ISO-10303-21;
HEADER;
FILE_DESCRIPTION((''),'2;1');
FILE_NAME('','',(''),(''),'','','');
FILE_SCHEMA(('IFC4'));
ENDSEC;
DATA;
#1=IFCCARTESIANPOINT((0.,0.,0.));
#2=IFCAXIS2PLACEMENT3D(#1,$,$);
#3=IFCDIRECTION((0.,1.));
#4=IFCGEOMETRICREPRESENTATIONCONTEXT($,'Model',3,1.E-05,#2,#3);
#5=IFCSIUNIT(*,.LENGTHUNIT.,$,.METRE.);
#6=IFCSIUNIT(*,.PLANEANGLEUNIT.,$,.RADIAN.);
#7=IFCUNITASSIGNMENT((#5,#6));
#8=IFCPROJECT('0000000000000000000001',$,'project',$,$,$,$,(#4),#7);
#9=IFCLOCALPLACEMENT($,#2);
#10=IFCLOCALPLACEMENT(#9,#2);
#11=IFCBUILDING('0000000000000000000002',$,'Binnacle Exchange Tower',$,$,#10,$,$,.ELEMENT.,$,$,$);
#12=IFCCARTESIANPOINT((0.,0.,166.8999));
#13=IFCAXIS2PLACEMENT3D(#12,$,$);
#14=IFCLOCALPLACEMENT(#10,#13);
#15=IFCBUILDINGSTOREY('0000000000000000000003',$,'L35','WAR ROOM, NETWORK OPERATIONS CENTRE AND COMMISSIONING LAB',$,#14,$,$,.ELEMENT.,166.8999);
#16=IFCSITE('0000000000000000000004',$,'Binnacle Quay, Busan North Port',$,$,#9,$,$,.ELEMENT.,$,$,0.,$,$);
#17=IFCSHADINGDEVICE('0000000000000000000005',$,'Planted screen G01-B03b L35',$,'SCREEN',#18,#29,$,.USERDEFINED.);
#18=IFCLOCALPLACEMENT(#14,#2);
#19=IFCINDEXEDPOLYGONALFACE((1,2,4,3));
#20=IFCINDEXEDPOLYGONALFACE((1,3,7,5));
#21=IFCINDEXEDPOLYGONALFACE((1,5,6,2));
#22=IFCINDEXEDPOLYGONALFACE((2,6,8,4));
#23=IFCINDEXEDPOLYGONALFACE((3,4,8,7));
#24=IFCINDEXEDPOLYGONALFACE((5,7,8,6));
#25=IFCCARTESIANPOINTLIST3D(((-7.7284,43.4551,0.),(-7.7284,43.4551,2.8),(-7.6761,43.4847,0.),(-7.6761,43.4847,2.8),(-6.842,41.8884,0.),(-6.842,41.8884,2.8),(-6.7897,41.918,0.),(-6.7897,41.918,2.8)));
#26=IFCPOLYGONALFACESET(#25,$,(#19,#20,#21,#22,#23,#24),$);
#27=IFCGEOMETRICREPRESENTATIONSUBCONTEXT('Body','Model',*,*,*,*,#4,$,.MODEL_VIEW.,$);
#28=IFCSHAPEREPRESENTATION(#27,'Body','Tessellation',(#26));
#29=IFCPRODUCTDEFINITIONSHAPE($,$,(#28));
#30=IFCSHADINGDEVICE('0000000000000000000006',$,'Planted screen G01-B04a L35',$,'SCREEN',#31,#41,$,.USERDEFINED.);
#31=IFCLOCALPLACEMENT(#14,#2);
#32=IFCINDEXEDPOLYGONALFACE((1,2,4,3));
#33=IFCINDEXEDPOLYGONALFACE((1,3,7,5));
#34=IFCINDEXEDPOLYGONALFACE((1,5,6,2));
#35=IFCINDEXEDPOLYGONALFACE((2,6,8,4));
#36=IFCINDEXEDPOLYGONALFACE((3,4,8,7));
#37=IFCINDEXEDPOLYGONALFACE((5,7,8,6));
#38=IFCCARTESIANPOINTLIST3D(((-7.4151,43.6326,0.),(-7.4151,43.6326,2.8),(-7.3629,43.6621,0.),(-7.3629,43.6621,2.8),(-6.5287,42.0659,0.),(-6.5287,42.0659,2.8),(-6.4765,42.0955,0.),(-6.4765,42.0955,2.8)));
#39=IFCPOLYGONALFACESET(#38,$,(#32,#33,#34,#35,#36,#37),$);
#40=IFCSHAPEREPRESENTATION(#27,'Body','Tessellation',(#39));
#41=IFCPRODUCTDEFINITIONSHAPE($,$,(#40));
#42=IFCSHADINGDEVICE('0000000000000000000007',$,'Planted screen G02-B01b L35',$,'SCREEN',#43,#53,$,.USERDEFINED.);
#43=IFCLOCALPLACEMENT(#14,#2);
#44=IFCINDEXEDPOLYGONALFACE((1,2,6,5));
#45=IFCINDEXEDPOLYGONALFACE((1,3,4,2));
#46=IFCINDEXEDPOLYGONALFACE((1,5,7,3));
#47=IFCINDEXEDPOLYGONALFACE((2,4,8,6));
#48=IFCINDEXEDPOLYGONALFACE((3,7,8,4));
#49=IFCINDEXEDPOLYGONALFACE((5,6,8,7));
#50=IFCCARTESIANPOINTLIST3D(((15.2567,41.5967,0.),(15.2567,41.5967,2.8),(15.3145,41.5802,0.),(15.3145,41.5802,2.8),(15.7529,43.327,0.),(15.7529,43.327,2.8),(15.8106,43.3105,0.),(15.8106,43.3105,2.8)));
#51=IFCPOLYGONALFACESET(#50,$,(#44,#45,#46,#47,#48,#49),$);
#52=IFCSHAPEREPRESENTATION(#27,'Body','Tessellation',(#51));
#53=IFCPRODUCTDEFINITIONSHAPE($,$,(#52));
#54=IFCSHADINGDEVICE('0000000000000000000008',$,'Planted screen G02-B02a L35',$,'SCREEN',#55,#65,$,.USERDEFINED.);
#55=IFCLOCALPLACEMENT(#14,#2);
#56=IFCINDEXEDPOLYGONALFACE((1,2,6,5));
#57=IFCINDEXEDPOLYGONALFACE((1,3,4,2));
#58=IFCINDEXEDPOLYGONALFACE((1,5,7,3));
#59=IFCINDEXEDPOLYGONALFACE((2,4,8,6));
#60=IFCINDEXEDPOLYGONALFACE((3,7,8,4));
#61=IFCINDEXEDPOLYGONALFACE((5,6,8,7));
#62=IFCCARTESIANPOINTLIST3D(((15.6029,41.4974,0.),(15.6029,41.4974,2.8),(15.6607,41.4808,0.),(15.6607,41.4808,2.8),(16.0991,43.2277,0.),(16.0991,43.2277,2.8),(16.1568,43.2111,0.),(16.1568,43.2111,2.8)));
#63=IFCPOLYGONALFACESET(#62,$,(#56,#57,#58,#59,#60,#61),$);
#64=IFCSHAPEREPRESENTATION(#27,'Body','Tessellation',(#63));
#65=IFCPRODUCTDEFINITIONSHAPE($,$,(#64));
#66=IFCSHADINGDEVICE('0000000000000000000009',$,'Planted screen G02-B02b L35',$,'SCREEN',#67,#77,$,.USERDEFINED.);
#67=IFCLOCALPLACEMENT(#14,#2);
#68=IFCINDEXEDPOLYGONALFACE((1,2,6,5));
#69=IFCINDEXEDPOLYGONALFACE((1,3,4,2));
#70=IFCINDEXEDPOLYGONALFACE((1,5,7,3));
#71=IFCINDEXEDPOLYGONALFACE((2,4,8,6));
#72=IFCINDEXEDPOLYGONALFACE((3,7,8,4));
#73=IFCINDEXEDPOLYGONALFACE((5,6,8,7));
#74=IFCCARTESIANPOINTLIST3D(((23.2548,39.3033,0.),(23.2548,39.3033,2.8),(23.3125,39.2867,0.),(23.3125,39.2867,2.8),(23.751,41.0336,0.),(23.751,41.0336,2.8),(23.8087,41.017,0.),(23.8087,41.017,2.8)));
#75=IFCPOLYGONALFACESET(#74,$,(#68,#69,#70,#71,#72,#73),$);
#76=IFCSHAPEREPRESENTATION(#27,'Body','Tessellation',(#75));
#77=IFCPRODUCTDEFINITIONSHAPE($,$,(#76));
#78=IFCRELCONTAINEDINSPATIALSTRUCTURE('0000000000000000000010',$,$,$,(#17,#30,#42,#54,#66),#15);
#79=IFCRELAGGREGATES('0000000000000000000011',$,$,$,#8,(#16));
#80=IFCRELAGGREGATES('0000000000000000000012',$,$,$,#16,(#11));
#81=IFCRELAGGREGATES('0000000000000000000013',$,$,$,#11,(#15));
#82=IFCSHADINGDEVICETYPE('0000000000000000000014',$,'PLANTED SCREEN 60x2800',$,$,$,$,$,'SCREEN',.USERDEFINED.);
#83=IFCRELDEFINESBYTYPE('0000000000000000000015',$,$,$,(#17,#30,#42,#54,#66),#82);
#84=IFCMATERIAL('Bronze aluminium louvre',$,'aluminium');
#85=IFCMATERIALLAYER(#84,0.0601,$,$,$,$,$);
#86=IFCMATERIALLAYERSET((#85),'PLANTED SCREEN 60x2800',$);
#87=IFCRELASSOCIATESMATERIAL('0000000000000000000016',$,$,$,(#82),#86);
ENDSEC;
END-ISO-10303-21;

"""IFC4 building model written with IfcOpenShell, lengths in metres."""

from ifc_helpers import new_model, si_unit, direction, frame, origin, origin_2d, place, context, subcontext, project, spatial, rectangle, extrude, material, layer, layer_set, type_object, element, save


model = new_model("IFC4")

# Units and contexts
model_context = context("Model", 3, precision=1e-05, world=origin(), true_north=direction((0.0, 1.0)))
body_context = subcontext(model_context, "Body", "Model", "MODEL_VIEW")
ifc_project = project(units=[si_unit("LENGTHUNIT", "METRE"), si_unit("PLANEANGLEUNIT", "RADIAN")], contexts=[model_context])

# Site, building, storey
site_placement = place(None, origin())
site = spatial("IfcSite", under=ifc_project, at=site_placement, Name="Binnacle Quay, Busan North Port", CompositionType="ELEMENT", RefElevation=0.0)
building_placement = place(site_placement, origin())
building = spatial("IfcBuilding", under=site, at=building_placement, Name="Binnacle Exchange Tower", CompositionType="ELEMENT")
storey_placement = place(building_placement, frame((0.0, 0.0, 166.8999)))
storey = spatial("IfcBuildingStorey", under=building, at=storey_placement, Name="L35", Description="WAR ROOM, NETWORK OPERATIONS CENTRE AND COMMISSIONING LAB", CompositionType="ELEMENT", Elevation=166.8999)

# Shading devices
ifc_material_1 = material(Name="Bronze aluminium louvre", Category="aluminium")
ifc_layer_1 = layer(ifc_material_1, 0.0601)
ifc_layer_set_1 = layer_set([ifc_layer_1], Name="PLANTED SCREEN 60x2800")
shading_device_type = type_object("IfcShadingDeviceType", Name="PLANTED SCREEN 60x2800", ElementType="SCREEN", PredefinedType="USERDEFINED", material=ifc_layer_set_1)
for number, where, z_axis, x_axis, name in (
    (1, (-7.259, 42.6865, 0.0), (0.0, 0.0, 1.0), (0.870356, 0.492424, 0.0), "Planted screen G01-B03b L35"),
    (2, (-6.9458, 42.864, 0.0), (0.0, 0.0, 1.0), (0.870356, 0.492424, 0.0), "Planted screen G01-B04a L35"),
    (3, (15.5337, 42.4536, 0.0), (0.0, 0.0, 1.0), (0.961262, -0.275637, 0.0), "Planted screen G02-B01b L35"),
    (4, (15.8799, 42.3542, 0.0), (0.0, 0.0, 1.0), (0.961262, -0.275637, 0.0), "Planted screen G02-B02a L35"),
    (5, (23.5317, 40.1602, 0.0), (0.0, 0.0, 1.0), (0.961262, -0.275637, 0.0), "Planted screen G02-B02b L35"),
):
    element("IfcShadingDevice", number, at=place(storey_placement, frame(where, z_axis=z_axis, x_axis=x_axis)), inside=storey, type_object=shading_device_type, Name=name, ObjectType="SCREEN", PredefinedType="USERDEFINED", context=body_context, shape_type="SweptSolid", body=[
        extrude(rectangle(XDim=0.0601, YDim=1.8, at=origin_2d()), origin(), (0.0, 0.0, 1.0), 2.8),
    ])

save(model, "model.ifc")
